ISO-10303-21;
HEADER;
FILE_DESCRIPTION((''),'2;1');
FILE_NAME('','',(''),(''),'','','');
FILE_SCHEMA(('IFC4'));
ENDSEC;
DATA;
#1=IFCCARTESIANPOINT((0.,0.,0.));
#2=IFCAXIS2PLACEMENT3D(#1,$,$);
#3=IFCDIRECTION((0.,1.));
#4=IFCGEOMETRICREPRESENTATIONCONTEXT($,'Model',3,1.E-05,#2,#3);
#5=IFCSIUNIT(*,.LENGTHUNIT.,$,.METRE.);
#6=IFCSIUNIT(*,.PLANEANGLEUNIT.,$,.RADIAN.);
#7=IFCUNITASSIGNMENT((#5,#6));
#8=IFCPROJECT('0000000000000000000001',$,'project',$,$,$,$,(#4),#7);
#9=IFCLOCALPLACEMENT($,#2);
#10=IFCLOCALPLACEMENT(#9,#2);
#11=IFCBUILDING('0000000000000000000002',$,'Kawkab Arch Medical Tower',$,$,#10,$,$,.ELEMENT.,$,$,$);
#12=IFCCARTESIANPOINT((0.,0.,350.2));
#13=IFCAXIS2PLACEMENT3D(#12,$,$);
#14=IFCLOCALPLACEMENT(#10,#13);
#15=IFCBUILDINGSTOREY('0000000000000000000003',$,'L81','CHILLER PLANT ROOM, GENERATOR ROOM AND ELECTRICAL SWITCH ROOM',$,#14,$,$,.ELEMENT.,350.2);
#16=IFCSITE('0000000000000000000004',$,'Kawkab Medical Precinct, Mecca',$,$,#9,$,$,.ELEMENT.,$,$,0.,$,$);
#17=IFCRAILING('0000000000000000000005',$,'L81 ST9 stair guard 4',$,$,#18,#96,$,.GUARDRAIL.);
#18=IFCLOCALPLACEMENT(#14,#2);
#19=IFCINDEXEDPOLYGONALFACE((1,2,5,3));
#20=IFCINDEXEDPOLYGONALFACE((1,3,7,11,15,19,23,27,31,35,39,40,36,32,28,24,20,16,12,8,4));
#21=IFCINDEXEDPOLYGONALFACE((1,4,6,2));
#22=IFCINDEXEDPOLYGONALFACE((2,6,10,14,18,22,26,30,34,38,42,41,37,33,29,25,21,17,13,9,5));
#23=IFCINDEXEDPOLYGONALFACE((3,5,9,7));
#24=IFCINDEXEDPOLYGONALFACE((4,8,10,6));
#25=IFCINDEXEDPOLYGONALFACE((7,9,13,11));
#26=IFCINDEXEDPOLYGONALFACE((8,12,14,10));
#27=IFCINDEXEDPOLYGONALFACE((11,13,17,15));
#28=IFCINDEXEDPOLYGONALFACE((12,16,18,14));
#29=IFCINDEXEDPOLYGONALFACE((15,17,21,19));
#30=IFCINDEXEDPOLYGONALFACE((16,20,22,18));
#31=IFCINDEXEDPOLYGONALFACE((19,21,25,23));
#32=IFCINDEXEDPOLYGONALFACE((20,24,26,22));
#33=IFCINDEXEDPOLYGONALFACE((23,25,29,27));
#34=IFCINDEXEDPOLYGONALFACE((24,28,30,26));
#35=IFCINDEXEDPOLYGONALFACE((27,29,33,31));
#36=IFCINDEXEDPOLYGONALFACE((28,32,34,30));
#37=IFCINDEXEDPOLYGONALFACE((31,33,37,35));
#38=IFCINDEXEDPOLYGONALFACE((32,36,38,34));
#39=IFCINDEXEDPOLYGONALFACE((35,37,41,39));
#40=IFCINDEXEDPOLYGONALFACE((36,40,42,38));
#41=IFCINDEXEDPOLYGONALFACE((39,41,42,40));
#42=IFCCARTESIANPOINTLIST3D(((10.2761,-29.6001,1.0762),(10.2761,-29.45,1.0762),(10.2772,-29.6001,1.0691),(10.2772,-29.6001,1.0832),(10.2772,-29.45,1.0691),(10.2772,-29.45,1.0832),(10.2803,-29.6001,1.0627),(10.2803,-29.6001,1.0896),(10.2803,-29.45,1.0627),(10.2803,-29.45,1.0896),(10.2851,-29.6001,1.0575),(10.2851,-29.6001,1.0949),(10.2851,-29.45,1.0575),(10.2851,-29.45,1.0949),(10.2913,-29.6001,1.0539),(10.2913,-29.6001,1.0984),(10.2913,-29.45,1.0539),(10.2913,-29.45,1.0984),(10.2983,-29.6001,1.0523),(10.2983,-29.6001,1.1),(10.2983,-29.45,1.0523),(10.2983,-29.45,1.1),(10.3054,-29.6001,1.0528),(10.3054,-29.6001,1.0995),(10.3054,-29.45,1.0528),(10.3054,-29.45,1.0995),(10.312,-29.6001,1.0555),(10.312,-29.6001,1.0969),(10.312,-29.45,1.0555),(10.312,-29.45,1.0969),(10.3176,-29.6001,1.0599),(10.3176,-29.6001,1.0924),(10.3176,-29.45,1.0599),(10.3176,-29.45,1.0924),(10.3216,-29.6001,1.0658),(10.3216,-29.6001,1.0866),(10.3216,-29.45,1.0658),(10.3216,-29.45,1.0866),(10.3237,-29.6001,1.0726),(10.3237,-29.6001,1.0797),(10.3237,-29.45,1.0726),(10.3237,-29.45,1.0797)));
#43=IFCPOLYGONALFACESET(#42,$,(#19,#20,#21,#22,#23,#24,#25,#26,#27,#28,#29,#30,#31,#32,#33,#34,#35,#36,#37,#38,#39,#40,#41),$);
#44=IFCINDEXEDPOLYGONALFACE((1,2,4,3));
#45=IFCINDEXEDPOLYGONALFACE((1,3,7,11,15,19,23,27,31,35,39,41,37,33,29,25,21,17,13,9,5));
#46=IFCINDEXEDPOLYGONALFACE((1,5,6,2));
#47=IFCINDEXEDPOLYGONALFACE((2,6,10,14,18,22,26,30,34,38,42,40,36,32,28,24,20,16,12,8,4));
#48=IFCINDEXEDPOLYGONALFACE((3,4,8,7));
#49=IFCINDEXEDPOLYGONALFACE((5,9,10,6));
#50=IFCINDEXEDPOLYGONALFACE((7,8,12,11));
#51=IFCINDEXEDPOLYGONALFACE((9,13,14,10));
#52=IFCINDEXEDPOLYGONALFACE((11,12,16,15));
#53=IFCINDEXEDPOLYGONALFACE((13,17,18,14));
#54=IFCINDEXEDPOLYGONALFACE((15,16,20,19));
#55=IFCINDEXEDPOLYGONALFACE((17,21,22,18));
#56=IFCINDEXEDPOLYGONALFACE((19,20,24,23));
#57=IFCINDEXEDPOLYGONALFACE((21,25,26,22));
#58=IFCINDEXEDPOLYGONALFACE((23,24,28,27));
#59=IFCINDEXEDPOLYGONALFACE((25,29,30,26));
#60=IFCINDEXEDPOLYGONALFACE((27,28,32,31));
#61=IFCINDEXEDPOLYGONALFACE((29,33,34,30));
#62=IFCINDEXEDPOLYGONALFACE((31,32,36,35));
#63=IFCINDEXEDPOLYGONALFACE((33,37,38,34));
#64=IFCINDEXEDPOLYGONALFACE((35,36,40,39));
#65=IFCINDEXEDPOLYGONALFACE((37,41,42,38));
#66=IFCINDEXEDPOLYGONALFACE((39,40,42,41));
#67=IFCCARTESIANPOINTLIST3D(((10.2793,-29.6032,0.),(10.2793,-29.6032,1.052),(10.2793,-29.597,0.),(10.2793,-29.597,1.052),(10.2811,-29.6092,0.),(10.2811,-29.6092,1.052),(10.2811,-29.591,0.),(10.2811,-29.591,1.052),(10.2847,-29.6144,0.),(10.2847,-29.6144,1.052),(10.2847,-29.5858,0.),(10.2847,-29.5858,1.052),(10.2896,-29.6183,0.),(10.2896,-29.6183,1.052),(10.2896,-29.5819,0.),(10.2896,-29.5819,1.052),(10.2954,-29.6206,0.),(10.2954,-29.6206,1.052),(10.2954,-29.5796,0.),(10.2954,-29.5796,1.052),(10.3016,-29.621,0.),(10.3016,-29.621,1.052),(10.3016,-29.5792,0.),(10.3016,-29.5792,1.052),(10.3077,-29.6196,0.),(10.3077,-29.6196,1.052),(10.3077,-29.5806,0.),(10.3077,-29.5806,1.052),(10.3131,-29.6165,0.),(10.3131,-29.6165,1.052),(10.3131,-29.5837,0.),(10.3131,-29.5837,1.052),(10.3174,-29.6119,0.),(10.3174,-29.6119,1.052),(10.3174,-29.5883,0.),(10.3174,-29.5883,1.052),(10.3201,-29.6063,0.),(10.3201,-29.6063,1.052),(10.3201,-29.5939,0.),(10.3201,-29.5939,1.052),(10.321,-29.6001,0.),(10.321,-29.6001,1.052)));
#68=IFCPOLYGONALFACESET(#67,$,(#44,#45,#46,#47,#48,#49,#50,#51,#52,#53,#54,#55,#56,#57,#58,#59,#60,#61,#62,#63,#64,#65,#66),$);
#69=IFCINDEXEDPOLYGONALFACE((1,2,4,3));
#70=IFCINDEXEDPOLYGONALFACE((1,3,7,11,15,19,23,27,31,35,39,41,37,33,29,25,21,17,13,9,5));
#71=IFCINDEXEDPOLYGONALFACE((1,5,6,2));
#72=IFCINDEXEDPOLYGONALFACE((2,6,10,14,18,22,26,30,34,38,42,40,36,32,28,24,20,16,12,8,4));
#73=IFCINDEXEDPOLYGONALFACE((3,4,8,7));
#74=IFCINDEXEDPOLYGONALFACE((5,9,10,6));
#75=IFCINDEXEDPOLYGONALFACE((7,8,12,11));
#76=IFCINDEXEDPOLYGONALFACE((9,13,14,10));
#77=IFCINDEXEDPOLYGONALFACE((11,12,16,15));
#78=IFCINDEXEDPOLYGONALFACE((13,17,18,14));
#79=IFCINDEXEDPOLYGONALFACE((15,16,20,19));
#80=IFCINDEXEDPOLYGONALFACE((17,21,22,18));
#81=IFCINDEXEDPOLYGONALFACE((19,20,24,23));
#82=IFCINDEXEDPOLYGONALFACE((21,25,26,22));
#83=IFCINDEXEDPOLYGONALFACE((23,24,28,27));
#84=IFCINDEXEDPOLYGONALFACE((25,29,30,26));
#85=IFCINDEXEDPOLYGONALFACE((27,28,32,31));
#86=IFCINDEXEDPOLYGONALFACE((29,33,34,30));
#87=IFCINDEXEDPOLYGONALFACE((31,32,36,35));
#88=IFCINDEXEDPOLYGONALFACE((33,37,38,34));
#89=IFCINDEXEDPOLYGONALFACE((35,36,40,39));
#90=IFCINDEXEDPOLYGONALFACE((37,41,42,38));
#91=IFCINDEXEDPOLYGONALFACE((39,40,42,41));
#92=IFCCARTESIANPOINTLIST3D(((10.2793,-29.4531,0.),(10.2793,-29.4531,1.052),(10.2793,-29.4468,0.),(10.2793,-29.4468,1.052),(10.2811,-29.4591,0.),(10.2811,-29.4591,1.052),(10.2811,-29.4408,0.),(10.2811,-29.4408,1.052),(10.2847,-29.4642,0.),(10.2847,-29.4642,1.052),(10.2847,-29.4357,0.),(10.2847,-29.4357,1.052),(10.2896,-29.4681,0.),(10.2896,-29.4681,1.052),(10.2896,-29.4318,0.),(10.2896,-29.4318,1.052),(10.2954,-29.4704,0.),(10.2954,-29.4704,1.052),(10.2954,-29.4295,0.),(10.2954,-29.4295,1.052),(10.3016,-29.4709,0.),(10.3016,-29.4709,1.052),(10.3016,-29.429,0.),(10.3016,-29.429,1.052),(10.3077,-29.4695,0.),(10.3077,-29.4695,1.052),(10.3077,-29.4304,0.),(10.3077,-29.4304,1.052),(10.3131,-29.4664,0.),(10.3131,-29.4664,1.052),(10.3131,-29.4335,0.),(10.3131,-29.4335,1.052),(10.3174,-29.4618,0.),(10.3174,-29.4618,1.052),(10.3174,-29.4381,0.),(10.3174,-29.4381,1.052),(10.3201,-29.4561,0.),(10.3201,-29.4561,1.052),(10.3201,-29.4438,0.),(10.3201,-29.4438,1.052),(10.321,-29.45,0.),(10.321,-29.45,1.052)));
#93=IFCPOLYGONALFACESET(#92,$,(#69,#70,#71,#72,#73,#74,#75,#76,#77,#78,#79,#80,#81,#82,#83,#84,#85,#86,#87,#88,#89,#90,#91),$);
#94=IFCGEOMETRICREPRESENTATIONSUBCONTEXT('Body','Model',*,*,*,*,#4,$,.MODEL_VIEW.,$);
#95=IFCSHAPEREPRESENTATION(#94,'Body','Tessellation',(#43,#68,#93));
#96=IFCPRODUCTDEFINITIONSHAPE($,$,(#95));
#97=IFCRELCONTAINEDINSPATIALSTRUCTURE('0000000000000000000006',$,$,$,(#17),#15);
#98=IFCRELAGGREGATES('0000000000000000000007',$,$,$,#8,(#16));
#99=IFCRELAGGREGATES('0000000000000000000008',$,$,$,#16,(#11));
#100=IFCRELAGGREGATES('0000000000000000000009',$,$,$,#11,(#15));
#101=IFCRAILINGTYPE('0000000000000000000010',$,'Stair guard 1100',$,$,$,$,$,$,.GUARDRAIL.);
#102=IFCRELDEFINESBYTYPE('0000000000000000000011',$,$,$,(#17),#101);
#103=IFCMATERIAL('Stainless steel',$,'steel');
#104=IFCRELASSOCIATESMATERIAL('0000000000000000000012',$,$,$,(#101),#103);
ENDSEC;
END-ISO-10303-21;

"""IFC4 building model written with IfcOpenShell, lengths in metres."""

from ifc_helpers import new_model, si_unit, direction, frame, origin, origin_2d, place, context, subcontext, project, spatial, circle, extrude, material, type_object, element, save


model = new_model("IFC4")

# Units and contexts
model_context = context("Model", 3, precision=1e-05, world=origin(), true_north=direction((0.0, 1.0)))
body_context = subcontext(model_context, "Body", "Model", "MODEL_VIEW")
ifc_project = project(units=[si_unit("LENGTHUNIT", "METRE"), si_unit("PLANEANGLEUNIT", "RADIAN")], contexts=[model_context])

# Site, building, storey
site_placement = place(None, origin())
site = spatial("IfcSite", under=ifc_project, at=site_placement, Name="Kawkab Medical Precinct, Mecca", CompositionType="ELEMENT", RefElevation=0.0)
building_placement = place(site_placement, origin())
building = spatial("IfcBuilding", under=site, at=building_placement, Name="Kawkab Arch Medical Tower", CompositionType="ELEMENT")
storey_placement = place(building_placement, frame((0.0, 0.0, 350.2)))
storey = spatial("IfcBuildingStorey", under=building, at=storey_placement, Name="L81", Description="CHILLER PLANT ROOM, GENERATOR ROOM AND ELECTRICAL SWITCH ROOM", CompositionType="ELEMENT", Elevation=350.2)

# Railing
ifc_material_1 = material(Name="Stainless steel", Category="steel")
railing_type = type_object("IfcRailingType", Name="Stair guard 1100", PredefinedType="GUARDRAIL", material=ifc_material_1)
railing_1_placement = place(storey_placement, frame((10.3, -29.6001, 0.0)))
element("IfcRailing", 1, at=railing_1_placement, inside=storey, type_object=railing_type, Name="L81 ST9 stair guard 4", PredefinedType="GUARDRAIL", context=body_context, shape_type="SweptSolid", body=[
    extrude(circle(Radius=0.0239, at=origin_2d()), frame((0.0, 0.0, 1.0762), z_axis=(0.0, 1.0, 0.0), x_axis=(-1.0, 0.0, 0.0)), (0.0, 0.0, 1.0), 0.1501),
    extrude(circle(Radius=0.021, at=origin_2d()), origin(), (0.0, 0.0, 1.0), 1.052),
    extrude(circle(Radius=0.021, at=origin_2d()), frame((0.0, 0.1501, 0.0)), (0.0, 0.0, 1.0), 1.052),
])

save(model, "model.ifc")
